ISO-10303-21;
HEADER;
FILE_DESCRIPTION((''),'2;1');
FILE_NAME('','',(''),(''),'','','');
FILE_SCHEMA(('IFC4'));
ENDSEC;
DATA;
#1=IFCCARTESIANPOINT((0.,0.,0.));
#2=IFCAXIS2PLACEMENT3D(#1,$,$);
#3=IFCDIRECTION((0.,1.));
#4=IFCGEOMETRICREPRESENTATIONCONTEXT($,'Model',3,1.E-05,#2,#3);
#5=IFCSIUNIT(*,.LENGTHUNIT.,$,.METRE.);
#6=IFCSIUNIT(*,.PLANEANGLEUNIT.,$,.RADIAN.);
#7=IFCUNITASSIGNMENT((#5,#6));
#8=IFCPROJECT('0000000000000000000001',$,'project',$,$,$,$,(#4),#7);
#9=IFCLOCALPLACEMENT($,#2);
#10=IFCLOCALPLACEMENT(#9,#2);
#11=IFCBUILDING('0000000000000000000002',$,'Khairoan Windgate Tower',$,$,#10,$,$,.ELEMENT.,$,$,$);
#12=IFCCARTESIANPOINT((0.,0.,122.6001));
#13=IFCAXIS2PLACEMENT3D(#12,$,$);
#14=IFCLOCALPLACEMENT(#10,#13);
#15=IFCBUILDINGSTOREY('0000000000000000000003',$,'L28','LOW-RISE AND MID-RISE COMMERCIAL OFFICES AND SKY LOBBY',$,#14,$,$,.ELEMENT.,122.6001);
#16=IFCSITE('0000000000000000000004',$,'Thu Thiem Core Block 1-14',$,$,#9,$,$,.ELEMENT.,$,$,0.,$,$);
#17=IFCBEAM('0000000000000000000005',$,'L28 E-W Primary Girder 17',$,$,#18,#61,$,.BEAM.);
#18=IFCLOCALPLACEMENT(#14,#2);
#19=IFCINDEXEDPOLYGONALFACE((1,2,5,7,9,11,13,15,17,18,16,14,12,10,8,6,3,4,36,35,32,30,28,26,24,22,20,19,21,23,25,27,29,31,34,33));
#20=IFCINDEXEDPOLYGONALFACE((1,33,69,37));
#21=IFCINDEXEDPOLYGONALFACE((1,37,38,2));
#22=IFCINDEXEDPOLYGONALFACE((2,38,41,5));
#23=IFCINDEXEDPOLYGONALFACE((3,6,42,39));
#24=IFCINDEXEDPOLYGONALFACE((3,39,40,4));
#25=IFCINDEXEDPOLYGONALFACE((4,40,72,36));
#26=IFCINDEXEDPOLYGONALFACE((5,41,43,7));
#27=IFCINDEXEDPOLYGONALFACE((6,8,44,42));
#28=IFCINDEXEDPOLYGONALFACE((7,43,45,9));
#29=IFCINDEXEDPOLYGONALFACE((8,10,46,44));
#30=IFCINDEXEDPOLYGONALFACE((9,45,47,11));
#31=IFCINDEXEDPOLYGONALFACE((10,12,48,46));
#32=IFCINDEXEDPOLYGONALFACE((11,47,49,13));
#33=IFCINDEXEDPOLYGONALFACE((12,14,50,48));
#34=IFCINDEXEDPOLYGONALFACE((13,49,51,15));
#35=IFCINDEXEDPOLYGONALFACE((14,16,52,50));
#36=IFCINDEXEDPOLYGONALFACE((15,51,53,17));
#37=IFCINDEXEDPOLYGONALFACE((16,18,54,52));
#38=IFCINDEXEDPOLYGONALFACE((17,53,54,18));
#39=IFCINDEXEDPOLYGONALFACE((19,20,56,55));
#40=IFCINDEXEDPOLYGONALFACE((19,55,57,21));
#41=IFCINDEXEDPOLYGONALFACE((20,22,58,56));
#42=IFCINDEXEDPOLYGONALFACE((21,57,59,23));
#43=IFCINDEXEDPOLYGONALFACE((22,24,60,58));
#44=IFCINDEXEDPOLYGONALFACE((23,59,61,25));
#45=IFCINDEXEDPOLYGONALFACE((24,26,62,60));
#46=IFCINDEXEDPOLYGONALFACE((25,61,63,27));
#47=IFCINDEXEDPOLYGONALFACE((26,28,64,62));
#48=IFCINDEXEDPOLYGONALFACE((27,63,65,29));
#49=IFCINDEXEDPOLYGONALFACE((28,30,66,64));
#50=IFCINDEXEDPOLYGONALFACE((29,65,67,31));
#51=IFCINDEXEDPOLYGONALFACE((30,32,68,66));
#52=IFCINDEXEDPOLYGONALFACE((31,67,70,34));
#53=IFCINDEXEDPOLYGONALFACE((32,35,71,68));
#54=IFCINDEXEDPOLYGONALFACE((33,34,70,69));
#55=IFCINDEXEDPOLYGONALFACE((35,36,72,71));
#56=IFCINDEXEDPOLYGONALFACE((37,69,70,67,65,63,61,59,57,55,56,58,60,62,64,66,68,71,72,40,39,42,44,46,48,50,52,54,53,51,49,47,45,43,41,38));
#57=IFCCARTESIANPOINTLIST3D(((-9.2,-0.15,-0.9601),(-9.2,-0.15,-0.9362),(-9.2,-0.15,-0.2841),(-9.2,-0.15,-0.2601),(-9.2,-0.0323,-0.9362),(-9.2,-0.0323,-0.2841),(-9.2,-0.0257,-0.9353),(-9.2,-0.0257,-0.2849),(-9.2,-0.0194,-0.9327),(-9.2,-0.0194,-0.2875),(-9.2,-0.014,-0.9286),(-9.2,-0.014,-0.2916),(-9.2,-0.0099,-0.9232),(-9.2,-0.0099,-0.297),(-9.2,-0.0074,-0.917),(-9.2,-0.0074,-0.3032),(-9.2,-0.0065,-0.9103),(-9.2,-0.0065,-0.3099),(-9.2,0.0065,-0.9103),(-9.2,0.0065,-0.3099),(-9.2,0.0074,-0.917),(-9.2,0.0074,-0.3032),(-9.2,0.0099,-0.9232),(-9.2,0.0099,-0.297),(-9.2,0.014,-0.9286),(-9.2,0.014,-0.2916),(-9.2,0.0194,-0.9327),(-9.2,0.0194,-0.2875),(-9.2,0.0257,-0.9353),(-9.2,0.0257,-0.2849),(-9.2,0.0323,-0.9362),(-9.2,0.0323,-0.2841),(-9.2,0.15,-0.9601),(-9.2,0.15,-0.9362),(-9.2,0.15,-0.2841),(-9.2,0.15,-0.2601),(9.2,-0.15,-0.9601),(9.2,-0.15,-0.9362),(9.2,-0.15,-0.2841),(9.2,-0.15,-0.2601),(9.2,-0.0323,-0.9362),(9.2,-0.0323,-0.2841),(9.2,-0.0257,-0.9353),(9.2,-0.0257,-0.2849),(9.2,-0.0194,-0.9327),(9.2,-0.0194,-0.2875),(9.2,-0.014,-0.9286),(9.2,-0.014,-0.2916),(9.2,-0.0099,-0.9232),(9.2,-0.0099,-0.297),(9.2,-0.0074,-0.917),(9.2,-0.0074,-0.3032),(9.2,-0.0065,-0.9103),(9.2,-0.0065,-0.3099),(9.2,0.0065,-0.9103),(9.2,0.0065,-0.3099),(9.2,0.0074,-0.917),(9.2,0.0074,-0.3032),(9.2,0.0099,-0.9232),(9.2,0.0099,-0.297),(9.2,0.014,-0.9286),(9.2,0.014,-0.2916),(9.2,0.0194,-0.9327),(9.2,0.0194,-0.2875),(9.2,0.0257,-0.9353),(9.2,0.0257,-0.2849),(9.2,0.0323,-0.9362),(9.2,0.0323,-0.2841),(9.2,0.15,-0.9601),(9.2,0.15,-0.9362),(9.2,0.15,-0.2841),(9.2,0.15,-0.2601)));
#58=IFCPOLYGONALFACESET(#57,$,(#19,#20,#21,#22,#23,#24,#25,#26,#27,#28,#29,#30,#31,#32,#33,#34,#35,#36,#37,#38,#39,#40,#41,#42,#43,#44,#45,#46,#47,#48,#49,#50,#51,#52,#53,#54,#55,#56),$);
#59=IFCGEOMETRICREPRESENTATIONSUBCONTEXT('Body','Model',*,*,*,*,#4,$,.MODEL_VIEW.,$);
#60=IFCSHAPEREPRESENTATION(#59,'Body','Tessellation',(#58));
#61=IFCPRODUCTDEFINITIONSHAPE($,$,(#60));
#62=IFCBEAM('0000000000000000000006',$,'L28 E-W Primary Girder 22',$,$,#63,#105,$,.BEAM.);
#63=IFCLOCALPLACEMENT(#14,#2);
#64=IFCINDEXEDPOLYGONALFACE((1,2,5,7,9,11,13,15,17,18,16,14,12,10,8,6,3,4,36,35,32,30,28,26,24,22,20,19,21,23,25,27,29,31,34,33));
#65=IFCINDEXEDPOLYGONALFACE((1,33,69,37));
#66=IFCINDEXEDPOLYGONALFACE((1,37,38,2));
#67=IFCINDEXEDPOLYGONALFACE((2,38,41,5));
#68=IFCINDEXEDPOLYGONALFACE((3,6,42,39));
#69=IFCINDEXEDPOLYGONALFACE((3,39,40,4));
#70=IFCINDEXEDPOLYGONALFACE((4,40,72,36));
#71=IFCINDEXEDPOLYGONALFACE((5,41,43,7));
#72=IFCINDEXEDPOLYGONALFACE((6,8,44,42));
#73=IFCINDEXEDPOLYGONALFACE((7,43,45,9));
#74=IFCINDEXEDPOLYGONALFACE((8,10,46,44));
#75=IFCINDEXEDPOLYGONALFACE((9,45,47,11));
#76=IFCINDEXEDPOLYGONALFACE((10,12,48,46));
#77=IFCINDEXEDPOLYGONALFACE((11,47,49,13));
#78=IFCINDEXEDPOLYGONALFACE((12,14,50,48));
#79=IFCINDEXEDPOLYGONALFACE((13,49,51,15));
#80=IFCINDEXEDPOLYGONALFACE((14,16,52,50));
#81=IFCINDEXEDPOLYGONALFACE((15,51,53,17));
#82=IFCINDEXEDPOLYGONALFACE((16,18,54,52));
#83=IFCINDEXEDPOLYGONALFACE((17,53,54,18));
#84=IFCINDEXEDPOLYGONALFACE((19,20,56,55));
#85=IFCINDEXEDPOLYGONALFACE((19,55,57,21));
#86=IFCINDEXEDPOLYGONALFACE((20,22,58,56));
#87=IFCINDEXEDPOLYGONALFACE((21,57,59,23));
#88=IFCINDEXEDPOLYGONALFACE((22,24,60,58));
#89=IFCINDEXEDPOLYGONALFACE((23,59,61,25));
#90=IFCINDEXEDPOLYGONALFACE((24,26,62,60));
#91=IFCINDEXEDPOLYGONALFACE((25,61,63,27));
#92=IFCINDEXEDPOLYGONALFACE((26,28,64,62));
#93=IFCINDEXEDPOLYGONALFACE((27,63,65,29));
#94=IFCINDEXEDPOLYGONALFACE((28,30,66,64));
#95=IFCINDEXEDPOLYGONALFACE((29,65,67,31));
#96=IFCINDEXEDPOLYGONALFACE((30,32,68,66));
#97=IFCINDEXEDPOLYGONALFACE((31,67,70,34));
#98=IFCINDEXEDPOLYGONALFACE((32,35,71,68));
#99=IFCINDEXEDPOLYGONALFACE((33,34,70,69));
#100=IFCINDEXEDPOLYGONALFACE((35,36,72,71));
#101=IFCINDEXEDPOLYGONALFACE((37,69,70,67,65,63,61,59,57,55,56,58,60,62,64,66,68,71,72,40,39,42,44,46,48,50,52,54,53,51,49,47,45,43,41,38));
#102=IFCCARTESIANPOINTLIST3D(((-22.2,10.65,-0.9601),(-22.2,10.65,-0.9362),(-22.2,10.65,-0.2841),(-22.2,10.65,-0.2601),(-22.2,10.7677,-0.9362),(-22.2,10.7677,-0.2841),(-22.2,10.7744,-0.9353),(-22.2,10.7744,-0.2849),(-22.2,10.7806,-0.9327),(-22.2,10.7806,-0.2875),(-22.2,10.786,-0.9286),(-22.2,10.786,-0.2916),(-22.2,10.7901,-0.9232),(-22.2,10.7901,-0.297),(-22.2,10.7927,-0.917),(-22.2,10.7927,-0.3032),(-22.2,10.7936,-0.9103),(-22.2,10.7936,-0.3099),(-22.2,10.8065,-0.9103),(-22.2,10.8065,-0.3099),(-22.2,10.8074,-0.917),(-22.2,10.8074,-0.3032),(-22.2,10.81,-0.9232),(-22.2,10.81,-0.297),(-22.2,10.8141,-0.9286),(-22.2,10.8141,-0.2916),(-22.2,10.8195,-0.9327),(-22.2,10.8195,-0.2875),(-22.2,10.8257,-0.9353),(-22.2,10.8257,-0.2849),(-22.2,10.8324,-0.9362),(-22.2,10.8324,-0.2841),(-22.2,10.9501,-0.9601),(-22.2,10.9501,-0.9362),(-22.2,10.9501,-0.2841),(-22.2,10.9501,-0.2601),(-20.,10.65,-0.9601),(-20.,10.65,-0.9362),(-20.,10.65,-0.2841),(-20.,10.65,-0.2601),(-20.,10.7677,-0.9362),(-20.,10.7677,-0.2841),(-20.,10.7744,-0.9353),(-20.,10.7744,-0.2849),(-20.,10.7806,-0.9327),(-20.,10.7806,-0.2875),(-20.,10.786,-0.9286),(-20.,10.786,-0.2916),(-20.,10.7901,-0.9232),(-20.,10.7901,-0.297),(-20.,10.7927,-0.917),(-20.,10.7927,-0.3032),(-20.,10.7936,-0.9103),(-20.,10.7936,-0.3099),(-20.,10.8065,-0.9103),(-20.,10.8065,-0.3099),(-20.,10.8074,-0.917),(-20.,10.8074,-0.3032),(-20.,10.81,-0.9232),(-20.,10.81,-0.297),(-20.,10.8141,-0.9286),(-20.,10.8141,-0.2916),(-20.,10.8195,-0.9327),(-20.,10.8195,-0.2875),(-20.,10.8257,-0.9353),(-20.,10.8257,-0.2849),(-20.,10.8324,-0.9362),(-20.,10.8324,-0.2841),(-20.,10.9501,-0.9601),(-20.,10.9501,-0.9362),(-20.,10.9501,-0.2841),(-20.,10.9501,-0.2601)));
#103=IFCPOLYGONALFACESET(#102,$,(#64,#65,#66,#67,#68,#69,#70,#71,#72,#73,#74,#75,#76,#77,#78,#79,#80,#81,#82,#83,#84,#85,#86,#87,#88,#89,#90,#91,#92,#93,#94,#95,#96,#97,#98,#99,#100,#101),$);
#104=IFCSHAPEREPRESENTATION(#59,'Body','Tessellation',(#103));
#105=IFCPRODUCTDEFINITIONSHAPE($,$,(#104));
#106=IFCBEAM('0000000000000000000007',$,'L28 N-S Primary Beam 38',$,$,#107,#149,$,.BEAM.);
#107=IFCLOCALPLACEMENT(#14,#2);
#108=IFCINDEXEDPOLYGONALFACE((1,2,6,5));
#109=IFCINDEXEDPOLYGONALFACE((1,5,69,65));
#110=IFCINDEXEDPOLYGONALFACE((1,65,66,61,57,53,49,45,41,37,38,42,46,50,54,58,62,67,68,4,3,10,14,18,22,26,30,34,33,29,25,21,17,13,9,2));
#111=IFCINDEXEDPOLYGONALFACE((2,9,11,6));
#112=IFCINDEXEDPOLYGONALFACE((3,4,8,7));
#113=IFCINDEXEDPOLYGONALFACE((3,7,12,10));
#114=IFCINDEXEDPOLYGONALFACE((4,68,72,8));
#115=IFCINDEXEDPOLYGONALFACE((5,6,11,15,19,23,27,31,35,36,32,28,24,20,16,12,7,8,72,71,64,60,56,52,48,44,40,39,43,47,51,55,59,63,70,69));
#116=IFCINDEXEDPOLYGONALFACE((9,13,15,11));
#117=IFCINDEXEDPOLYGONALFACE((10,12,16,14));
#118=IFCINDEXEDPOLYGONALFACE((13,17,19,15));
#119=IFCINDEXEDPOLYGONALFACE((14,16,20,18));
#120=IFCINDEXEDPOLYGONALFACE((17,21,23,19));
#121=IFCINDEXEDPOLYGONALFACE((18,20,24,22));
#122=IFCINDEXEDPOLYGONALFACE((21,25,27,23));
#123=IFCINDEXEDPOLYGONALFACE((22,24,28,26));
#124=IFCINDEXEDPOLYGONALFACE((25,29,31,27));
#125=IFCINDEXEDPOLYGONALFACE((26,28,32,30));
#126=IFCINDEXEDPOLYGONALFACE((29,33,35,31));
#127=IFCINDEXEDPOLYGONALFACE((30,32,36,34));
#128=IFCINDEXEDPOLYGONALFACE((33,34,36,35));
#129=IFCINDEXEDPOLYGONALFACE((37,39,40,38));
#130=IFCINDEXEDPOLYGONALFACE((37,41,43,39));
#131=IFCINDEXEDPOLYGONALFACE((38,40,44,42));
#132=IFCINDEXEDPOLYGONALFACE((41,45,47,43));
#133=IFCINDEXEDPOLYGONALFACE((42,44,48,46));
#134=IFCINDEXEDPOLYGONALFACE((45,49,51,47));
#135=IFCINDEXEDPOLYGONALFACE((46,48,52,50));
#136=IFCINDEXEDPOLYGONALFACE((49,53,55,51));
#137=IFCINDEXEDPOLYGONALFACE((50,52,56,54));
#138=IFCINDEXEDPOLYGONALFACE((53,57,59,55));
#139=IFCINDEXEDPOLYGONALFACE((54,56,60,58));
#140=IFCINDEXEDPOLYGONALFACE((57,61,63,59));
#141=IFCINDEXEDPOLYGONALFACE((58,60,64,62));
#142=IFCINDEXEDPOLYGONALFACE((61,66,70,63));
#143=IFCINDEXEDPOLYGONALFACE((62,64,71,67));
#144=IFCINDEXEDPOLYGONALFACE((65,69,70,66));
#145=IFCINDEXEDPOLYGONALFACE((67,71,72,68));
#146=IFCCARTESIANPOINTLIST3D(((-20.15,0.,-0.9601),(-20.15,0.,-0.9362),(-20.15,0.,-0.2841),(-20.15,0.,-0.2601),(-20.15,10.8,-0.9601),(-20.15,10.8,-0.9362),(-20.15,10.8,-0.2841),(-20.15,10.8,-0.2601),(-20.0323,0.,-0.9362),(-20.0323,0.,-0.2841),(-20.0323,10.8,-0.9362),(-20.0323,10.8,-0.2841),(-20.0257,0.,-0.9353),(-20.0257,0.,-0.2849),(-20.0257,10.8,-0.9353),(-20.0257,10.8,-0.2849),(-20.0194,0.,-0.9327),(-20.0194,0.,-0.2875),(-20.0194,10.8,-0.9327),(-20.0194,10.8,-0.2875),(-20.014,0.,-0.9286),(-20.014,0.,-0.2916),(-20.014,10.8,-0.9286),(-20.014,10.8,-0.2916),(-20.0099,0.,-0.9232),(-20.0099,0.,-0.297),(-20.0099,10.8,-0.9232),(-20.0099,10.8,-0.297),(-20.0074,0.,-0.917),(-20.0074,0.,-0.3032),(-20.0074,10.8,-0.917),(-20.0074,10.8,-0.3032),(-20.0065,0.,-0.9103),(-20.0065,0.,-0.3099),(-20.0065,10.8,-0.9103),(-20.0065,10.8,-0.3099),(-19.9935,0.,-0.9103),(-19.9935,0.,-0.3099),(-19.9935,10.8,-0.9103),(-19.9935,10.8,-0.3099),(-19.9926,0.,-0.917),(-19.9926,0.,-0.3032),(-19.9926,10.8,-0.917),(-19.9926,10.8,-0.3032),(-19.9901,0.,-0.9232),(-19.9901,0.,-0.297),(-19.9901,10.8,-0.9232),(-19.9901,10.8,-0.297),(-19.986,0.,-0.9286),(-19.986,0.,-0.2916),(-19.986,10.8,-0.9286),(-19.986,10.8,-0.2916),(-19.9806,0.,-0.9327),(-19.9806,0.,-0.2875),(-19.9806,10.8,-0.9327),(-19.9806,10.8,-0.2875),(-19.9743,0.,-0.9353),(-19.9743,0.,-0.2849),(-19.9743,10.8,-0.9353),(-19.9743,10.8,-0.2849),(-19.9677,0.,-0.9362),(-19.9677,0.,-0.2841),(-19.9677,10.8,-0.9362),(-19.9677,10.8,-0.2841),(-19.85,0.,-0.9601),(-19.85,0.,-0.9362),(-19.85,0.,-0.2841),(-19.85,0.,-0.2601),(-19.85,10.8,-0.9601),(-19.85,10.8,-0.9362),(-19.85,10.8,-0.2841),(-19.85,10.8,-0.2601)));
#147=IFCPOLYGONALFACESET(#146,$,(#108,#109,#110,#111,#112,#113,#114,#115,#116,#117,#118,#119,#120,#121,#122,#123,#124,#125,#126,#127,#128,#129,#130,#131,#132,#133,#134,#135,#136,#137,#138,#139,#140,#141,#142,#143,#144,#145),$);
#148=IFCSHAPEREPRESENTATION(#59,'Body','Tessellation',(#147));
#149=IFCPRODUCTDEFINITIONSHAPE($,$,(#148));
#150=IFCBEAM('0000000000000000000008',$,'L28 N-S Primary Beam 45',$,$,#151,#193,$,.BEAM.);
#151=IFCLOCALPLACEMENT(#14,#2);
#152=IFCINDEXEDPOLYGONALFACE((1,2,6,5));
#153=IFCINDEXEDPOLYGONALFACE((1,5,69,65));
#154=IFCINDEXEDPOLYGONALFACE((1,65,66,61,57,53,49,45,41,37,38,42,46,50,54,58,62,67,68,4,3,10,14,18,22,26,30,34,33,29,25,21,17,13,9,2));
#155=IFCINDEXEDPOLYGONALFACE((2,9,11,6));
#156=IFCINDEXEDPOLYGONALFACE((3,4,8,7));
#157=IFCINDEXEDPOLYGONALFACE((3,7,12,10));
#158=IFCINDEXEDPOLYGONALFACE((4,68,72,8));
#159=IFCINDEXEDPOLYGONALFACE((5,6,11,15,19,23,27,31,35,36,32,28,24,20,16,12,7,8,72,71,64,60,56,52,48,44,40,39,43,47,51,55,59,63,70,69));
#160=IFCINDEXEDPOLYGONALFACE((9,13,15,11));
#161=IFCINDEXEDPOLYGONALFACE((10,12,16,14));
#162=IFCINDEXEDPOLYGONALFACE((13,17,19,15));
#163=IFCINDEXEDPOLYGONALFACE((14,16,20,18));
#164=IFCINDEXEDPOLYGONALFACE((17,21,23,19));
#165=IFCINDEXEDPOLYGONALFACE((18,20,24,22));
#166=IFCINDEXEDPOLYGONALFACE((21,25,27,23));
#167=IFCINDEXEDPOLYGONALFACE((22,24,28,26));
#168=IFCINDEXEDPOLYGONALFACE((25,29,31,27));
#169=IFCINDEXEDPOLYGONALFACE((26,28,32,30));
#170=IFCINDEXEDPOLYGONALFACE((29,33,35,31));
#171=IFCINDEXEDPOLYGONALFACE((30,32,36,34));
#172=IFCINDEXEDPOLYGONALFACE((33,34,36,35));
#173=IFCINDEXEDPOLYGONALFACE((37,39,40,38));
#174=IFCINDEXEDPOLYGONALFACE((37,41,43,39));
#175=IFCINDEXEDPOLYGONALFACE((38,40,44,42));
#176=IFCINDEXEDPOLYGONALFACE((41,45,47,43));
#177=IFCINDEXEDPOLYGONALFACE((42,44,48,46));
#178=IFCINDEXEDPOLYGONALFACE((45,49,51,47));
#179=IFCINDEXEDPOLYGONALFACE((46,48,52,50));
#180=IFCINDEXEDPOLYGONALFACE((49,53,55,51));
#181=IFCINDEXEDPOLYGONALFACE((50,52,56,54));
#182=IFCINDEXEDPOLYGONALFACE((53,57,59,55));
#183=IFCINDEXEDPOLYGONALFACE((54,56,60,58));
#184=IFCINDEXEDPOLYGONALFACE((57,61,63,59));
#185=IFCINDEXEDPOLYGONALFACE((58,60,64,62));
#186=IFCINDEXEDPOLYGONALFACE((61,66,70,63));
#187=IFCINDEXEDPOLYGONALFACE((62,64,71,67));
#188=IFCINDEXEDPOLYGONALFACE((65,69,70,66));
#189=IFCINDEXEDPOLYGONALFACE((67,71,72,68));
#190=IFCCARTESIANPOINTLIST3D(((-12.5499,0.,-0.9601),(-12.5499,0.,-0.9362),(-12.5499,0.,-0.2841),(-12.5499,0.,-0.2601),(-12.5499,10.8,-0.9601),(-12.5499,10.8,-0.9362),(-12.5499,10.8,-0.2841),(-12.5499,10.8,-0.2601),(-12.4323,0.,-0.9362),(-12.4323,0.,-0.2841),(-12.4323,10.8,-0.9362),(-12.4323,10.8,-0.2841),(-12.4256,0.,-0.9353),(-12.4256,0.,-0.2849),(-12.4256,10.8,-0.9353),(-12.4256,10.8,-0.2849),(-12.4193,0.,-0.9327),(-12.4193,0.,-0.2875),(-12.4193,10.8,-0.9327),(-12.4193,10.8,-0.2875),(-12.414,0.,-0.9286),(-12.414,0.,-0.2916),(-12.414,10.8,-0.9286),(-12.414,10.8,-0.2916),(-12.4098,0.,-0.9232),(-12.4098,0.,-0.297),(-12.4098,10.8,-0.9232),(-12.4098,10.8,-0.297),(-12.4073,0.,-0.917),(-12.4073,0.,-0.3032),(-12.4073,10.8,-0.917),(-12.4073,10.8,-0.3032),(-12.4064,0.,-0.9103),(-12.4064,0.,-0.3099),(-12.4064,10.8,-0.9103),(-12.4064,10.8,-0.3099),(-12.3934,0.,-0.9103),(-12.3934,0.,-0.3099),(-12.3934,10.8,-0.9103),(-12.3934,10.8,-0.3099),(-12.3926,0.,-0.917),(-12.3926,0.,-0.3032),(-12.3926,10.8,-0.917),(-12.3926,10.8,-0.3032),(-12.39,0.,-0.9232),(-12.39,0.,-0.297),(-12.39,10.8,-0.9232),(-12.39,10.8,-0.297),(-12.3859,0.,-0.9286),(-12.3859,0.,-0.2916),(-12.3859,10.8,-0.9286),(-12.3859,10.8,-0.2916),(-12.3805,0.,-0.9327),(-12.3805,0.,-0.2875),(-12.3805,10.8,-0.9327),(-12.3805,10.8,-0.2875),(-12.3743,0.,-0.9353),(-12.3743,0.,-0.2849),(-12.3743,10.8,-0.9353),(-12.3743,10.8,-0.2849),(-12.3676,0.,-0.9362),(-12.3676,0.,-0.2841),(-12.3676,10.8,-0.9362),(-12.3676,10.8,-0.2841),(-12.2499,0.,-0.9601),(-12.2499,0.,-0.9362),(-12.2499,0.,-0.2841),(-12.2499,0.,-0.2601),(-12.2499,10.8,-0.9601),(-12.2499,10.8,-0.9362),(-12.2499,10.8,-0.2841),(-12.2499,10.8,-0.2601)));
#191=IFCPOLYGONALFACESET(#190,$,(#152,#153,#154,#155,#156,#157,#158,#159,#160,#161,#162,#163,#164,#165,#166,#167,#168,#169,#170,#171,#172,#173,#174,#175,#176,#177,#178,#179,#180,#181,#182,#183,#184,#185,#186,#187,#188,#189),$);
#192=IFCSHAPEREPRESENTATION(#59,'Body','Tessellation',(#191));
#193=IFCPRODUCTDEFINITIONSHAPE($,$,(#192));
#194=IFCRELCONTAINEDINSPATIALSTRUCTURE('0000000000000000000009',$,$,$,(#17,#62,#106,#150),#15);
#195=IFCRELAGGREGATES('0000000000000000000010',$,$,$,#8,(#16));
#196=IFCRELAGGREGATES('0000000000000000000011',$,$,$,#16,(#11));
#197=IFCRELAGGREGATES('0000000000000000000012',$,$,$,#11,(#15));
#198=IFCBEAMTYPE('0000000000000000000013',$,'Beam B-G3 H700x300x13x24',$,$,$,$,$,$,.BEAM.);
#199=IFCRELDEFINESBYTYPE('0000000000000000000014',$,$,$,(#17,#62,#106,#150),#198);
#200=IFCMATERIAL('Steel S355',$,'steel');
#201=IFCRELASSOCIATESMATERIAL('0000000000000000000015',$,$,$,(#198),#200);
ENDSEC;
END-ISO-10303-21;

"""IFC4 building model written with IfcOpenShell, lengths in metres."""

from ifc_helpers import new_model, si_unit, direction, frame, origin, origin_2d, place, context, subcontext, project, spatial, i_section, extrude, material, material_profile, profile_set, type_object, element, save


model = new_model("IFC4")

# Units and contexts
model_context = context("Model", 3, precision=1e-05, world=origin(), true_north=direction((0.0, 1.0)))
body_context = subcontext(model_context, "Body", "Model", "MODEL_VIEW")
ifc_project = project(units=[si_unit("LENGTHUNIT", "METRE"), si_unit("PLANEANGLEUNIT", "RADIAN")], contexts=[model_context])

# Site, building, storey
site_placement = place(None, origin())
site = spatial("IfcSite", under=ifc_project, at=site_placement, Name="Thu Thiem Core Block 1-14", CompositionType="ELEMENT", RefElevation=0.0)
building_placement = place(site_placement, origin())
building = spatial("IfcBuilding", under=site, at=building_placement, Name="Khairoan Windgate Tower", CompositionType="ELEMENT")
storey_placement = place(building_placement, frame((0.0, 0.0, 122.6001)))
storey = spatial("IfcBuildingStorey", under=building, at=storey_placement, Name="L28", Description="LOW-RISE AND MID-RISE COMMERCIAL OFFICES AND SKY LOBBY", CompositionType="ELEMENT", Elevation=122.6001)

# Beams
ifc_material_1 = material(Name="Steel S355", Category="steel")
ifc_material_profile_1 = material_profile(ifc_material_1, i_section(OverallWidth=0.3, OverallDepth=0.7, WebThickness=0.0129, FlangeThickness=0.0239, FilletRadius=0.0259, at=origin_2d()))
ifc_profile_set_1 = profile_set([ifc_material_profile_1], Name="Steel S355")
beam_type_1 = type_object("IfcBeamType", Name="Beam B-G3 H700x300x13x24", PredefinedType="BEAM", material=ifc_profile_set_1)
beam_1_placement = place(storey_placement, frame((-9.2, 0.0, -0.6101), z_axis=(1.0, 0.0, 0.0), x_axis=(0.0, 1.0, 0.0)))
element("IfcBeam", 1, at=beam_1_placement, inside=storey, type_object=beam_type_1, Name="L28 E-W Primary Girder 17", PredefinedType="BEAM", context=body_context, shape_type="SweptSolid", body=[
    extrude(i_section(OverallWidth=0.3, OverallDepth=0.7, WebThickness=0.0129, FlangeThickness=0.0239, FilletRadius=0.0259, at=origin_2d()), origin(), (0.0, 0.0, 1.0), 18.3999),
])
beam_2_placement = place(storey_placement, frame((-22.2, 10.8, -0.6101), z_axis=(1.0, 0.0, 0.0), x_axis=(0.0, 1.0, 0.0)))
element("IfcBeam", 2, at=beam_2_placement, inside=storey, type_object=beam_type_1, Name="L28 E-W Primary Girder 22", PredefinedType="BEAM", context=body_context, shape_type="SweptSolid", body=[
    extrude(i_section(OverallWidth=0.3, OverallDepth=0.7, WebThickness=0.0129, FlangeThickness=0.0239, FilletRadius=0.0259, at=origin_2d()), origin(), (0.0, 0.0, 1.0), 2.2),
])
for number, where, z_axis, x_axis, name in (
    (3, (-20.0, 0.0, -0.6101), (0.0, 1.0, 0.0), (-1.0, 0.0, 0.0), "L28 N-S Primary Beam 38"),
    (4, (-12.3999, 0.0, -0.6101), (0.0, 1.0, 0.0), (-1.0, 0.0, 0.0), "L28 N-S Primary Beam 45"),
):
    element("IfcBeam", number, at=place(storey_placement, frame(where, z_axis=z_axis, x_axis=x_axis)), inside=storey, type_object=beam_type_1, Name=name, PredefinedType="BEAM", context=body_context, shape_type="SweptSolid", body=[
        extrude(i_section(OverallWidth=0.3, OverallDepth=0.7, WebThickness=0.0129, FlangeThickness=0.0239, FilletRadius=0.0259, at=origin_2d()), origin(), (0.0, 0.0, 1.0), 10.8),
    ])

save(model, "model.ifc")
